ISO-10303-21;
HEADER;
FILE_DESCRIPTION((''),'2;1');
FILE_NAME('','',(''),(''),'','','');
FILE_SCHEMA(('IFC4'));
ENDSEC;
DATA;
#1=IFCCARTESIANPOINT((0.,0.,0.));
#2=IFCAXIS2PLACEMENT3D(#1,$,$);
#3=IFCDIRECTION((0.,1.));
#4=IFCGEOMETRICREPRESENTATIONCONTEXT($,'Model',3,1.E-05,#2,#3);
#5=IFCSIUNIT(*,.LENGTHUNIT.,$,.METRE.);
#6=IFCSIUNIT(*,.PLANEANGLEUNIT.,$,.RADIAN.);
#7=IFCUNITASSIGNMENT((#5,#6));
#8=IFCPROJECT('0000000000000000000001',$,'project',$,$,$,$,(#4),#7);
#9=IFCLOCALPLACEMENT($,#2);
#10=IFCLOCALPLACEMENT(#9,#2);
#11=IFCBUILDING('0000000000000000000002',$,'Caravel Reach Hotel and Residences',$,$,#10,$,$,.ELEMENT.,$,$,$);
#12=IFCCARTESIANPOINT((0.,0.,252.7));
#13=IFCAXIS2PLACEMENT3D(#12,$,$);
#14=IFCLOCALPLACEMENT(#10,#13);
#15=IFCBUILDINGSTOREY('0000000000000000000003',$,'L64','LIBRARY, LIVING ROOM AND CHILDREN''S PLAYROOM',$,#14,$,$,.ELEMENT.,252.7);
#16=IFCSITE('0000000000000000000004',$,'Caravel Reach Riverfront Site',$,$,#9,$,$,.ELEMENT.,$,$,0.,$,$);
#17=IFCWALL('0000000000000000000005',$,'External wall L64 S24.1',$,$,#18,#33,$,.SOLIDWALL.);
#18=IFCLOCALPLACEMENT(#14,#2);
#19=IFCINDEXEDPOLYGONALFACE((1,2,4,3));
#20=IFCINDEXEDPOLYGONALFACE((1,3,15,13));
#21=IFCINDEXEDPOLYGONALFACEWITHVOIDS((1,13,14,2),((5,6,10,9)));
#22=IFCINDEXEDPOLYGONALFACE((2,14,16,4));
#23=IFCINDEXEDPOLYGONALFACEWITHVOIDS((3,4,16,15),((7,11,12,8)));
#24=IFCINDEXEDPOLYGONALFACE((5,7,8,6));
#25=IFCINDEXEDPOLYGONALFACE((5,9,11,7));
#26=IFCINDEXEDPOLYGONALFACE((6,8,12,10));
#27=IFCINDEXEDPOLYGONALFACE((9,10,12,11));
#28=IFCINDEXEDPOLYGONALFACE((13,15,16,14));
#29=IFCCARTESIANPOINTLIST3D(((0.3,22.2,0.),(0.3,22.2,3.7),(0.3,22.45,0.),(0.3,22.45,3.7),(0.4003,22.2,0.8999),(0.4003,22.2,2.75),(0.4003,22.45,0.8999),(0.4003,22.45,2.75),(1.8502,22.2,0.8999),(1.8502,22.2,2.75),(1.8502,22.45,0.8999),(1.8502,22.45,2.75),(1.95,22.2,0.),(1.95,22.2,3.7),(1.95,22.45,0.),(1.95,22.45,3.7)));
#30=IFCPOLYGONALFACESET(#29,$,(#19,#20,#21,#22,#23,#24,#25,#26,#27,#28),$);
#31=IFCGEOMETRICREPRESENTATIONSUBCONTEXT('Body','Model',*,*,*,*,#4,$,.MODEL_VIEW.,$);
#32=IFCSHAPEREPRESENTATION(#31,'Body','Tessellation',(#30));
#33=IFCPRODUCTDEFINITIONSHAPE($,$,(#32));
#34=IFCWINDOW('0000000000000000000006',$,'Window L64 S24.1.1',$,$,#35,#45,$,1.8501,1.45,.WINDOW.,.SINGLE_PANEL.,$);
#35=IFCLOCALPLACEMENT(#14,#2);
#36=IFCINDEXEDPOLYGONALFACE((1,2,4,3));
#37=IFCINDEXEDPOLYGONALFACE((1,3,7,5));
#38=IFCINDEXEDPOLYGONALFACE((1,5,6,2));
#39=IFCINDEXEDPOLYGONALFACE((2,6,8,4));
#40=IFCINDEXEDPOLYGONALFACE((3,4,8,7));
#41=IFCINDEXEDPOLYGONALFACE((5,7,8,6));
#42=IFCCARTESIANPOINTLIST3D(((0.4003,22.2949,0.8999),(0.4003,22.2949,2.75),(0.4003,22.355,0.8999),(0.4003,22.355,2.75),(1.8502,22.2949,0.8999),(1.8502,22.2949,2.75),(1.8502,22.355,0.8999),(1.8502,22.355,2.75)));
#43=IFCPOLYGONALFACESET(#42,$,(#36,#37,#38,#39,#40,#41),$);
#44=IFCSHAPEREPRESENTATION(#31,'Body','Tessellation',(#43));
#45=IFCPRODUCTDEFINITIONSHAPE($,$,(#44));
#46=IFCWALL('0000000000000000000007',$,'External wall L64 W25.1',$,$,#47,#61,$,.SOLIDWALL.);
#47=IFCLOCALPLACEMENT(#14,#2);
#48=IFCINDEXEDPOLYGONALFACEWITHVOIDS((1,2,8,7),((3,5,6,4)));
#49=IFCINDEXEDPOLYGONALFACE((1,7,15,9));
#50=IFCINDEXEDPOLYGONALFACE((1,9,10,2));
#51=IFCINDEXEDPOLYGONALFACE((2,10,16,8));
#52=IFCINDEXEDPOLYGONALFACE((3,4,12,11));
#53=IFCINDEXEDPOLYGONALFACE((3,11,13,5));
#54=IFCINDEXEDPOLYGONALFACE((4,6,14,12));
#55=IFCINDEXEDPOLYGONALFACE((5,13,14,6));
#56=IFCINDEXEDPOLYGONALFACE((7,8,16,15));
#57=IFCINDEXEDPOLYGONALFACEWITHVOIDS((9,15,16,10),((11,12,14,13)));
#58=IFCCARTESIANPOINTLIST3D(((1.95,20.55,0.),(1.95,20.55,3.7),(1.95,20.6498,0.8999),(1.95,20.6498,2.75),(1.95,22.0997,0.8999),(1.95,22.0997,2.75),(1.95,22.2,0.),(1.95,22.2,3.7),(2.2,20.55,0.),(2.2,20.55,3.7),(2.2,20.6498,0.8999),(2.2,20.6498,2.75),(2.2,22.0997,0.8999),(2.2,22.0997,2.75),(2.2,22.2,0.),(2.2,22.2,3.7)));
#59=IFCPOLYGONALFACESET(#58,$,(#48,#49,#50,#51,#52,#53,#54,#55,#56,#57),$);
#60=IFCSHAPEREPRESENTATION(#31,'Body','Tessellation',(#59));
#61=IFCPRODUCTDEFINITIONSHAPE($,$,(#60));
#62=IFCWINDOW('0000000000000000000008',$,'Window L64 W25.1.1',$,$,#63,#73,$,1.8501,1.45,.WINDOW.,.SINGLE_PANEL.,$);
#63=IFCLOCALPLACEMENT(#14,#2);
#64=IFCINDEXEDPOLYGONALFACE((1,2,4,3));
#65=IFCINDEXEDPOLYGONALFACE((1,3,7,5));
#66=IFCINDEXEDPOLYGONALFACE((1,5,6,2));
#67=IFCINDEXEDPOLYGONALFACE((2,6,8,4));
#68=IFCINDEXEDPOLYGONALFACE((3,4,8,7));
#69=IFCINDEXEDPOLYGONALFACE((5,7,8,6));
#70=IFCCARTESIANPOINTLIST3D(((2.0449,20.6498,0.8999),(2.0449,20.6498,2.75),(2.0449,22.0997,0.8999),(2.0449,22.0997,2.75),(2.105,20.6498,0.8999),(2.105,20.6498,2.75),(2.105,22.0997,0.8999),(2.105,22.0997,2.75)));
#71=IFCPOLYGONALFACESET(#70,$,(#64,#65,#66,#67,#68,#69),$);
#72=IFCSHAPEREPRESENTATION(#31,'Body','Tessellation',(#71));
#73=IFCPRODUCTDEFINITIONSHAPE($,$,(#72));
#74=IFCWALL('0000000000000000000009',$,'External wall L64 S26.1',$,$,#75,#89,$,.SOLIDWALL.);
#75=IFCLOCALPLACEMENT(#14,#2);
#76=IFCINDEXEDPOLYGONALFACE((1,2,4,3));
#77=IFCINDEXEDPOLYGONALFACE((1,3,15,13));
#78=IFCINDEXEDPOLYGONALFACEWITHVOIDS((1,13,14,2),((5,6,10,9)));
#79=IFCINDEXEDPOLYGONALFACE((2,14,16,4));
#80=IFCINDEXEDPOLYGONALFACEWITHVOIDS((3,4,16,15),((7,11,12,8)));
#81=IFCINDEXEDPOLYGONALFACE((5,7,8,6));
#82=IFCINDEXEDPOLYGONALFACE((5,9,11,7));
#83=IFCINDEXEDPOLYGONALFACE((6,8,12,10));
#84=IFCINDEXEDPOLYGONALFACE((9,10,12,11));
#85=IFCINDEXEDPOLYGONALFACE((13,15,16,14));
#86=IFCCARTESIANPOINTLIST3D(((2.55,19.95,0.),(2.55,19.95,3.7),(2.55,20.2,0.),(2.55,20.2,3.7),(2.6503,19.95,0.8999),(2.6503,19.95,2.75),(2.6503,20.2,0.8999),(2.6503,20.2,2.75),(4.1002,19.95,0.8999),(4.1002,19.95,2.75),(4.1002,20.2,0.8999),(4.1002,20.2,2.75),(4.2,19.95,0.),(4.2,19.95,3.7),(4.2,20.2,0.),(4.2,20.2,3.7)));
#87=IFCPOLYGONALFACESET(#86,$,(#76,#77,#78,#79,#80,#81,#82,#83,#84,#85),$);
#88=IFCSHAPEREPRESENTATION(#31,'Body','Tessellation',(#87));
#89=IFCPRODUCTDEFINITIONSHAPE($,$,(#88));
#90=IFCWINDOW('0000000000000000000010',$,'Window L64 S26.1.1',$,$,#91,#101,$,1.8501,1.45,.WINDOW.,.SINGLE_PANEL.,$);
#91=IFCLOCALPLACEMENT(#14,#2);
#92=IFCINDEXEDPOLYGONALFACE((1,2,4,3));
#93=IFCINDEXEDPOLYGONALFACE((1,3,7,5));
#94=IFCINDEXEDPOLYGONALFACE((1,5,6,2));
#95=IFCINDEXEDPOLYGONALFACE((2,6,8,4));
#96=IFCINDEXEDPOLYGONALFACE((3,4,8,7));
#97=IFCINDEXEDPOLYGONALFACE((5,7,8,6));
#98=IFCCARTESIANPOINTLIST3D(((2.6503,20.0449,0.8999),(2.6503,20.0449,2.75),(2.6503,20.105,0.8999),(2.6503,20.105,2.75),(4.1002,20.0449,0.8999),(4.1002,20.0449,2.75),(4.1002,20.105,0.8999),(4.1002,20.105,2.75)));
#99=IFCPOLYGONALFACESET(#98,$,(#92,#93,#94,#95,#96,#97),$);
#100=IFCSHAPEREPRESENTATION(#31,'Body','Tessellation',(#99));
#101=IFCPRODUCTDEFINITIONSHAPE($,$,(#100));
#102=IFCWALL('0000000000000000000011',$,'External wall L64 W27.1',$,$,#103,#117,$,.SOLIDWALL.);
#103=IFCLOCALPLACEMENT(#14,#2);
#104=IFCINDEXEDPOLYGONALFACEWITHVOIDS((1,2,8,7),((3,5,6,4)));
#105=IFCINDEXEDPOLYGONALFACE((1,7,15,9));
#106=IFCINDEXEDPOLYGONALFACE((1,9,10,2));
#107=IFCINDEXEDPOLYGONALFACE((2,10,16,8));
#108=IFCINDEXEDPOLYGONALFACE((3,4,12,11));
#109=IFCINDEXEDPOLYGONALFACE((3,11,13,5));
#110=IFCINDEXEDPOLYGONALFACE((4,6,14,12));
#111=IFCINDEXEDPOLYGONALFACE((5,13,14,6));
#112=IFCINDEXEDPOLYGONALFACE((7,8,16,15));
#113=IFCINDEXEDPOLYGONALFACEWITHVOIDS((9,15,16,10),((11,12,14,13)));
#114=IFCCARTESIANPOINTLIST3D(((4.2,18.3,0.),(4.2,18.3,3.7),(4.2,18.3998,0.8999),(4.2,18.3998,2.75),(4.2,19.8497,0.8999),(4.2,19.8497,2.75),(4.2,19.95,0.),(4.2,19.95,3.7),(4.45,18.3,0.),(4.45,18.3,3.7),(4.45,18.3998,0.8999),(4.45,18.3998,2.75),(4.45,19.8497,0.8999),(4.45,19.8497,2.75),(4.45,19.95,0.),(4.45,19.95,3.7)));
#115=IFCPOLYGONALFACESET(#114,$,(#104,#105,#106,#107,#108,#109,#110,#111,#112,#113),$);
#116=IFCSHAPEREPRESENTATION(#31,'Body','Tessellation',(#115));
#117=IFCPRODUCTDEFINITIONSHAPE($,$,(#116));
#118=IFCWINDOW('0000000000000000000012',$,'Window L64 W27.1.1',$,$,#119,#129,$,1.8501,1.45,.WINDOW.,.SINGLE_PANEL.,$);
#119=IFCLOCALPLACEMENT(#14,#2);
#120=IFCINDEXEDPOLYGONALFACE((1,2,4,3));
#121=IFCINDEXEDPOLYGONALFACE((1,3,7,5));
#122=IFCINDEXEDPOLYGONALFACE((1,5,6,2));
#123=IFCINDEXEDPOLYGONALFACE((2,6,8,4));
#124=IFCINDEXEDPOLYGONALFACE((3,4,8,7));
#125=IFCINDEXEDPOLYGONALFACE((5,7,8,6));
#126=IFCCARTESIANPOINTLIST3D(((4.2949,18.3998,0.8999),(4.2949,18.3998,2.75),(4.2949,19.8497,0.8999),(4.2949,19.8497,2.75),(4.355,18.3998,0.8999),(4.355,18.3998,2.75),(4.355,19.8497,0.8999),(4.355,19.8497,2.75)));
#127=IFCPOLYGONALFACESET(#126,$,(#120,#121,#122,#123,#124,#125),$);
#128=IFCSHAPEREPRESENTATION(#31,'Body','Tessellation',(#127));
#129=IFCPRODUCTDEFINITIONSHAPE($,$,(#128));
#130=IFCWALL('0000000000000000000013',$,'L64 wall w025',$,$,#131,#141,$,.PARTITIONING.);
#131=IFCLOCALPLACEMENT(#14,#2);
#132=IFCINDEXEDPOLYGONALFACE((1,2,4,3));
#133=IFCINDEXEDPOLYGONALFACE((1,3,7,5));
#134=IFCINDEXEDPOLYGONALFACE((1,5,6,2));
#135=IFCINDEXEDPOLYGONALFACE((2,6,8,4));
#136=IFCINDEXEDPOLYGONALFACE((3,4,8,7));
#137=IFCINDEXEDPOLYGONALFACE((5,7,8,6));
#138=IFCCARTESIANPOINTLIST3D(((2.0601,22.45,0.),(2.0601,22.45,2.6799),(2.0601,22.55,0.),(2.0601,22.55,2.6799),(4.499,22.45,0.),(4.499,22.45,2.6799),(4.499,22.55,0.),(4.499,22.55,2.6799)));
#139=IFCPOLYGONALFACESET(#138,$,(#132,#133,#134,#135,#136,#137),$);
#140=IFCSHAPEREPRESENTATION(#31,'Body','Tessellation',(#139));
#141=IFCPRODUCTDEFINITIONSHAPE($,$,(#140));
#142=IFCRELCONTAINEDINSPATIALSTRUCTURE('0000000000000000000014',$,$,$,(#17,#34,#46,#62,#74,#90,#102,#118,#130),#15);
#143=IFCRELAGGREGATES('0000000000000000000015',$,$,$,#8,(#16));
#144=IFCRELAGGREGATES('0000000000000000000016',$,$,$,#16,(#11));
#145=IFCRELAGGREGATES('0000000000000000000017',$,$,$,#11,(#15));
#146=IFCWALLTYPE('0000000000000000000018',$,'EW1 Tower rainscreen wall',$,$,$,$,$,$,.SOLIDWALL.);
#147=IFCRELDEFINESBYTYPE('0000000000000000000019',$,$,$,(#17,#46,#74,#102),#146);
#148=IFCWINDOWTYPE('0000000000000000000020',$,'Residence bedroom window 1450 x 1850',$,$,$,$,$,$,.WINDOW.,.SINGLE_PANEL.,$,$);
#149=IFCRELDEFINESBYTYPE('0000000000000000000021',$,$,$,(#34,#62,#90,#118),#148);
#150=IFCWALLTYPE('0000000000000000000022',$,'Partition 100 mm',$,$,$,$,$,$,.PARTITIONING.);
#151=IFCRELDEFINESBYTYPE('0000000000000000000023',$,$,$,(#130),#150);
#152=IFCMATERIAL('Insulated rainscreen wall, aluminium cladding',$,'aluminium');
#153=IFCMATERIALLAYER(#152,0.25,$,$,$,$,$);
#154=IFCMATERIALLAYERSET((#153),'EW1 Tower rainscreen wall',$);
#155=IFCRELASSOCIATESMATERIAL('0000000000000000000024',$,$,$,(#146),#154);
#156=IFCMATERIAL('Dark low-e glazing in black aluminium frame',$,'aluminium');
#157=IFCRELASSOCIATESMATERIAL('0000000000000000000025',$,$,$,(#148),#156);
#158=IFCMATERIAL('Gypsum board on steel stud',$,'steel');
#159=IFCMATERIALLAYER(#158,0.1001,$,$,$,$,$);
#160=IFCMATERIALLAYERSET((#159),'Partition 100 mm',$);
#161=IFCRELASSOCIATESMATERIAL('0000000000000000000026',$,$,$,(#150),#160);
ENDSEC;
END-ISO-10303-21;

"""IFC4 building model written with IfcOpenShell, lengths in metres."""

from ifc_helpers import new_model, si_unit, direction, frame, frame_2d, origin, place, context, subcontext, project, spatial, rectangle, extrude, material, layer, layer_set, type_object, element, fill, save


model = new_model("IFC4")

# Units and contexts
model_context = context("Model", 3, precision=1e-05, world=origin(), true_north=direction((0.0, 1.0)))
body_context = subcontext(model_context, "Body", "Model", "MODEL_VIEW")
ifc_project = project(units=[si_unit("LENGTHUNIT", "METRE"), si_unit("PLANEANGLEUNIT", "RADIAN")], contexts=[model_context])

# Site, building, storey
site_placement = place(None, origin())
site = spatial("IfcSite", under=ifc_project, at=site_placement, Name="Caravel Reach Riverfront Site", CompositionType="ELEMENT", RefElevation=0.0)
building_placement = place(site_placement, origin())
building = spatial("IfcBuilding", under=site, at=building_placement, Name="Caravel Reach Hotel and Residences", CompositionType="ELEMENT")
storey_placement = place(building_placement, frame((0.0, 0.0, 252.7)))
storey = spatial("IfcBuildingStorey", under=building, at=storey_placement, Name="L64", Description="LIBRARY, LIVING ROOM AND CHILDREN'S PLAYROOM", CompositionType="ELEMENT", Elevation=252.7)

# Walls, openings, windows
ifc_material_1 = material(Name="Insulated rainscreen wall, aluminium cladding", Category="aluminium")
ifc_layer_1 = layer(ifc_material_1, 0.25)
ifc_layer_set_1 = layer_set([ifc_layer_1], Name="EW1 Tower rainscreen wall")
wall_type_1 = type_object("IfcWallType", Name="EW1 Tower rainscreen wall", PredefinedType="SOLIDWALL", material=ifc_layer_set_1)
wall_1_placement = place(storey_placement, frame((0.3, 22.325, 0.0), z_axis=(0.0, 0.0, 1.0), x_axis=(1.0, 0.0, 0.0)))
wall_1 = element("IfcWall", 1, at=wall_1_placement, inside=storey, type_object=wall_type_1, Name="External wall L64 S24.1", PredefinedType="SOLIDWALL", context=body_context, shape_type="SweptSolid", body=[
    extrude(rectangle(XDim=1.6499, YDim=0.25, at=frame_2d((0.825, 0.0))), origin(), (0.0, 0.0, 1.0), 3.7),
])
opening_1_placement = place(wall_1_placement, frame((0.1001, 0.0, 0.8999)))
opening_1 = element("IfcOpeningElement", 2, at=opening_1_placement, cuts=wall_1, PredefinedType="OPENING", context=body_context, shape_type="SweptSolid", body=[
    extrude(rectangle(XDim=1.45, YDim=1.8501, at=frame_2d((0.7251, 0.925))), frame((0.0, 0.135, 0.0), z_axis=(0.0, -1.0, 0.0), x_axis=(1.0, 0.0, 0.0)), (0.0, 0.0, 1.0), 0.27),
])
ifc_material_2 = material(Name="Dark low-e glazing in black aluminium frame", Category="aluminium")
window_type = type_object("IfcWindowType", Name="Residence bedroom window 1450 x 1850", PartitioningType="SINGLE_PANEL", PredefinedType="WINDOW", material=ifc_material_2)
window_1_placement = place(opening_1_placement, origin())
window_1 = element("IfcWindow", 3, at=window_1_placement, inside=storey, type_object=window_type, Name="Window L64 S24.1.1", OverallHeight=1.8501, OverallWidth=1.45, PartitioningType="SINGLE_PANEL", PredefinedType="WINDOW", context=body_context, shape_type="SweptSolid", body=[
    extrude(rectangle(XDim=1.45, YDim=1.8501, at=frame_2d((0.7251, 0.925))), frame((0.0, 0.03, 0.0), z_axis=(0.0, -1.0, 0.0), x_axis=(1.0, 0.0, 0.0)), (0.0, 0.0, 1.0), 0.0601),
])
fill(opening_1, window_1)
wall_2_placement = place(storey_placement, frame((2.075, 22.2, 0.0), z_axis=(0.0, 0.0, 1.0), x_axis=(0.0, -1.0, 0.0)))
wall_2 = element("IfcWall", 4, at=wall_2_placement, inside=storey, type_object=wall_type_1, Name="External wall L64 W25.1", PredefinedType="SOLIDWALL", context=body_context, shape_type="SweptSolid", body=[
    extrude(rectangle(XDim=1.6499, YDim=0.25, at=frame_2d((0.825, 0.0))), origin(), (0.0, 0.0, 1.0), 3.7),
])
opening_2_placement = place(wall_2_placement, frame((0.1001, 0.0, 0.8999)))
opening_2 = element("IfcOpeningElement", 5, at=opening_2_placement, cuts=wall_2, PredefinedType="OPENING", context=body_context, shape_type="SweptSolid", body=[
    extrude(rectangle(XDim=1.45, YDim=1.8501, at=frame_2d((0.7251, 0.925))), frame((0.0, 0.135, 0.0), z_axis=(0.0, -1.0, 0.0), x_axis=(1.0, 0.0, 0.0)), (0.0, 0.0, 1.0), 0.27),
])
window_2_placement = place(opening_2_placement, origin())
window_2 = element("IfcWindow", 6, at=window_2_placement, inside=storey, type_object=window_type, Name="Window L64 W25.1.1", OverallHeight=1.8501, OverallWidth=1.45, PartitioningType="SINGLE_PANEL", PredefinedType="WINDOW", context=body_context, shape_type="SweptSolid", body=[
    extrude(rectangle(XDim=1.45, YDim=1.8501, at=frame_2d((0.7251, 0.925))), frame((0.0, 0.03, 0.0), z_axis=(0.0, -1.0, 0.0), x_axis=(1.0, 0.0, 0.0)), (0.0, 0.0, 1.0), 0.0601),
])
fill(opening_2, window_2)
wall_3_placement = place(storey_placement, frame((2.55, 20.075, 0.0), z_axis=(0.0, 0.0, 1.0), x_axis=(1.0, 0.0, 0.0)))
wall_3 = element("IfcWall", 7, at=wall_3_placement, inside=storey, type_object=wall_type_1, Name="External wall L64 S26.1", PredefinedType="SOLIDWALL", context=body_context, shape_type="SweptSolid", body=[
    extrude(rectangle(XDim=1.6499, YDim=0.25, at=frame_2d((0.825, 0.0))), origin(), (0.0, 0.0, 1.0), 3.7),
])
opening_3_placement = place(wall_3_placement, frame((0.1001, 0.0, 0.8999)))
opening_3 = element("IfcOpeningElement", 8, at=opening_3_placement, cuts=wall_3, PredefinedType="OPENING", context=body_context, shape_type="SweptSolid", body=[
    extrude(rectangle(XDim=1.45, YDim=1.8501, at=frame_2d((0.7251, 0.925))), frame((0.0, 0.135, 0.0), z_axis=(0.0, -1.0, 0.0), x_axis=(1.0, 0.0, 0.0)), (0.0, 0.0, 1.0), 0.27),
])
window_3_placement = place(opening_3_placement, origin())
window_3 = element("IfcWindow", 9, at=window_3_placement, inside=storey, type_object=window_type, Name="Window L64 S26.1.1", OverallHeight=1.8501, OverallWidth=1.45, PartitioningType="SINGLE_PANEL", PredefinedType="WINDOW", context=body_context, shape_type="SweptSolid", body=[
    extrude(rectangle(XDim=1.45, YDim=1.8501, at=frame_2d((0.7251, 0.925))), frame((0.0, 0.03, 0.0), z_axis=(0.0, -1.0, 0.0), x_axis=(1.0, 0.0, 0.0)), (0.0, 0.0, 1.0), 0.0601),
])
fill(opening_3, window_3)
wall_4_placement = place(storey_placement, frame((4.325, 19.95, 0.0), z_axis=(0.0, 0.0, 1.0), x_axis=(0.0, -1.0, 0.0)))
wall_4 = element("IfcWall", 10, at=wall_4_placement, inside=storey, type_object=wall_type_1, Name="External wall L64 W27.1", PredefinedType="SOLIDWALL", context=body_context, shape_type="SweptSolid", body=[
    extrude(rectangle(XDim=1.6499, YDim=0.25, at=frame_2d((0.825, 0.0))), origin(), (0.0, 0.0, 1.0), 3.7),
])
opening_4_placement = place(wall_4_placement, frame((0.1001, 0.0, 0.8999)))
opening_4 = element("IfcOpeningElement", 11, at=opening_4_placement, cuts=wall_4, PredefinedType="OPENING", context=body_context, shape_type="SweptSolid", body=[
    extrude(rectangle(XDim=1.45, YDim=1.8501, at=frame_2d((0.7251, 0.925))), frame((0.0, 0.135, 0.0), z_axis=(0.0, -1.0, 0.0), x_axis=(1.0, 0.0, 0.0)), (0.0, 0.0, 1.0), 0.27),
])
window_4_placement = place(opening_4_placement, origin())
window_4 = element("IfcWindow", 12, at=window_4_placement, inside=storey, type_object=window_type, Name="Window L64 W27.1.1", OverallHeight=1.8501, OverallWidth=1.45, PartitioningType="SINGLE_PANEL", PredefinedType="WINDOW", context=body_context, shape_type="SweptSolid", body=[
    extrude(rectangle(XDim=1.45, YDim=1.8501, at=frame_2d((0.7251, 0.925))), frame((0.0, 0.03, 0.0), z_axis=(0.0, -1.0, 0.0), x_axis=(1.0, 0.0, 0.0)), (0.0, 0.0, 1.0), 0.0601),
])
fill(opening_4, window_4)

# Wall
ifc_material_3 = material(Name="Gypsum board on steel stud", Category="steel")
ifc_layer_2 = layer(ifc_material_3, 0.1001)
ifc_layer_set_2 = layer_set([ifc_layer_2], Name="Partition 100 mm")
wall_type_2 = type_object("IfcWallType", Name="Partition 100 mm", PredefinedType="PARTITIONING", material=ifc_layer_set_2)
wall_5_placement = place(storey_placement, frame((2.0601, 22.5, 0.0), z_axis=(0.0, 0.0, 1.0), x_axis=(1.0, 0.0, 0.0)))
element("IfcWall", 13, at=wall_5_placement, inside=storey, type_object=wall_type_2, Name="L64 wall w025", PredefinedType="PARTITIONING", context=body_context, shape_type="SweptSolid", body=[
    extrude(rectangle(XDim=2.439, YDim=0.1001, at=frame_2d((1.2195, 0.0))), origin(), (0.0, 0.0, 1.0), 2.6799),
])

save(model, "model.ifc")
